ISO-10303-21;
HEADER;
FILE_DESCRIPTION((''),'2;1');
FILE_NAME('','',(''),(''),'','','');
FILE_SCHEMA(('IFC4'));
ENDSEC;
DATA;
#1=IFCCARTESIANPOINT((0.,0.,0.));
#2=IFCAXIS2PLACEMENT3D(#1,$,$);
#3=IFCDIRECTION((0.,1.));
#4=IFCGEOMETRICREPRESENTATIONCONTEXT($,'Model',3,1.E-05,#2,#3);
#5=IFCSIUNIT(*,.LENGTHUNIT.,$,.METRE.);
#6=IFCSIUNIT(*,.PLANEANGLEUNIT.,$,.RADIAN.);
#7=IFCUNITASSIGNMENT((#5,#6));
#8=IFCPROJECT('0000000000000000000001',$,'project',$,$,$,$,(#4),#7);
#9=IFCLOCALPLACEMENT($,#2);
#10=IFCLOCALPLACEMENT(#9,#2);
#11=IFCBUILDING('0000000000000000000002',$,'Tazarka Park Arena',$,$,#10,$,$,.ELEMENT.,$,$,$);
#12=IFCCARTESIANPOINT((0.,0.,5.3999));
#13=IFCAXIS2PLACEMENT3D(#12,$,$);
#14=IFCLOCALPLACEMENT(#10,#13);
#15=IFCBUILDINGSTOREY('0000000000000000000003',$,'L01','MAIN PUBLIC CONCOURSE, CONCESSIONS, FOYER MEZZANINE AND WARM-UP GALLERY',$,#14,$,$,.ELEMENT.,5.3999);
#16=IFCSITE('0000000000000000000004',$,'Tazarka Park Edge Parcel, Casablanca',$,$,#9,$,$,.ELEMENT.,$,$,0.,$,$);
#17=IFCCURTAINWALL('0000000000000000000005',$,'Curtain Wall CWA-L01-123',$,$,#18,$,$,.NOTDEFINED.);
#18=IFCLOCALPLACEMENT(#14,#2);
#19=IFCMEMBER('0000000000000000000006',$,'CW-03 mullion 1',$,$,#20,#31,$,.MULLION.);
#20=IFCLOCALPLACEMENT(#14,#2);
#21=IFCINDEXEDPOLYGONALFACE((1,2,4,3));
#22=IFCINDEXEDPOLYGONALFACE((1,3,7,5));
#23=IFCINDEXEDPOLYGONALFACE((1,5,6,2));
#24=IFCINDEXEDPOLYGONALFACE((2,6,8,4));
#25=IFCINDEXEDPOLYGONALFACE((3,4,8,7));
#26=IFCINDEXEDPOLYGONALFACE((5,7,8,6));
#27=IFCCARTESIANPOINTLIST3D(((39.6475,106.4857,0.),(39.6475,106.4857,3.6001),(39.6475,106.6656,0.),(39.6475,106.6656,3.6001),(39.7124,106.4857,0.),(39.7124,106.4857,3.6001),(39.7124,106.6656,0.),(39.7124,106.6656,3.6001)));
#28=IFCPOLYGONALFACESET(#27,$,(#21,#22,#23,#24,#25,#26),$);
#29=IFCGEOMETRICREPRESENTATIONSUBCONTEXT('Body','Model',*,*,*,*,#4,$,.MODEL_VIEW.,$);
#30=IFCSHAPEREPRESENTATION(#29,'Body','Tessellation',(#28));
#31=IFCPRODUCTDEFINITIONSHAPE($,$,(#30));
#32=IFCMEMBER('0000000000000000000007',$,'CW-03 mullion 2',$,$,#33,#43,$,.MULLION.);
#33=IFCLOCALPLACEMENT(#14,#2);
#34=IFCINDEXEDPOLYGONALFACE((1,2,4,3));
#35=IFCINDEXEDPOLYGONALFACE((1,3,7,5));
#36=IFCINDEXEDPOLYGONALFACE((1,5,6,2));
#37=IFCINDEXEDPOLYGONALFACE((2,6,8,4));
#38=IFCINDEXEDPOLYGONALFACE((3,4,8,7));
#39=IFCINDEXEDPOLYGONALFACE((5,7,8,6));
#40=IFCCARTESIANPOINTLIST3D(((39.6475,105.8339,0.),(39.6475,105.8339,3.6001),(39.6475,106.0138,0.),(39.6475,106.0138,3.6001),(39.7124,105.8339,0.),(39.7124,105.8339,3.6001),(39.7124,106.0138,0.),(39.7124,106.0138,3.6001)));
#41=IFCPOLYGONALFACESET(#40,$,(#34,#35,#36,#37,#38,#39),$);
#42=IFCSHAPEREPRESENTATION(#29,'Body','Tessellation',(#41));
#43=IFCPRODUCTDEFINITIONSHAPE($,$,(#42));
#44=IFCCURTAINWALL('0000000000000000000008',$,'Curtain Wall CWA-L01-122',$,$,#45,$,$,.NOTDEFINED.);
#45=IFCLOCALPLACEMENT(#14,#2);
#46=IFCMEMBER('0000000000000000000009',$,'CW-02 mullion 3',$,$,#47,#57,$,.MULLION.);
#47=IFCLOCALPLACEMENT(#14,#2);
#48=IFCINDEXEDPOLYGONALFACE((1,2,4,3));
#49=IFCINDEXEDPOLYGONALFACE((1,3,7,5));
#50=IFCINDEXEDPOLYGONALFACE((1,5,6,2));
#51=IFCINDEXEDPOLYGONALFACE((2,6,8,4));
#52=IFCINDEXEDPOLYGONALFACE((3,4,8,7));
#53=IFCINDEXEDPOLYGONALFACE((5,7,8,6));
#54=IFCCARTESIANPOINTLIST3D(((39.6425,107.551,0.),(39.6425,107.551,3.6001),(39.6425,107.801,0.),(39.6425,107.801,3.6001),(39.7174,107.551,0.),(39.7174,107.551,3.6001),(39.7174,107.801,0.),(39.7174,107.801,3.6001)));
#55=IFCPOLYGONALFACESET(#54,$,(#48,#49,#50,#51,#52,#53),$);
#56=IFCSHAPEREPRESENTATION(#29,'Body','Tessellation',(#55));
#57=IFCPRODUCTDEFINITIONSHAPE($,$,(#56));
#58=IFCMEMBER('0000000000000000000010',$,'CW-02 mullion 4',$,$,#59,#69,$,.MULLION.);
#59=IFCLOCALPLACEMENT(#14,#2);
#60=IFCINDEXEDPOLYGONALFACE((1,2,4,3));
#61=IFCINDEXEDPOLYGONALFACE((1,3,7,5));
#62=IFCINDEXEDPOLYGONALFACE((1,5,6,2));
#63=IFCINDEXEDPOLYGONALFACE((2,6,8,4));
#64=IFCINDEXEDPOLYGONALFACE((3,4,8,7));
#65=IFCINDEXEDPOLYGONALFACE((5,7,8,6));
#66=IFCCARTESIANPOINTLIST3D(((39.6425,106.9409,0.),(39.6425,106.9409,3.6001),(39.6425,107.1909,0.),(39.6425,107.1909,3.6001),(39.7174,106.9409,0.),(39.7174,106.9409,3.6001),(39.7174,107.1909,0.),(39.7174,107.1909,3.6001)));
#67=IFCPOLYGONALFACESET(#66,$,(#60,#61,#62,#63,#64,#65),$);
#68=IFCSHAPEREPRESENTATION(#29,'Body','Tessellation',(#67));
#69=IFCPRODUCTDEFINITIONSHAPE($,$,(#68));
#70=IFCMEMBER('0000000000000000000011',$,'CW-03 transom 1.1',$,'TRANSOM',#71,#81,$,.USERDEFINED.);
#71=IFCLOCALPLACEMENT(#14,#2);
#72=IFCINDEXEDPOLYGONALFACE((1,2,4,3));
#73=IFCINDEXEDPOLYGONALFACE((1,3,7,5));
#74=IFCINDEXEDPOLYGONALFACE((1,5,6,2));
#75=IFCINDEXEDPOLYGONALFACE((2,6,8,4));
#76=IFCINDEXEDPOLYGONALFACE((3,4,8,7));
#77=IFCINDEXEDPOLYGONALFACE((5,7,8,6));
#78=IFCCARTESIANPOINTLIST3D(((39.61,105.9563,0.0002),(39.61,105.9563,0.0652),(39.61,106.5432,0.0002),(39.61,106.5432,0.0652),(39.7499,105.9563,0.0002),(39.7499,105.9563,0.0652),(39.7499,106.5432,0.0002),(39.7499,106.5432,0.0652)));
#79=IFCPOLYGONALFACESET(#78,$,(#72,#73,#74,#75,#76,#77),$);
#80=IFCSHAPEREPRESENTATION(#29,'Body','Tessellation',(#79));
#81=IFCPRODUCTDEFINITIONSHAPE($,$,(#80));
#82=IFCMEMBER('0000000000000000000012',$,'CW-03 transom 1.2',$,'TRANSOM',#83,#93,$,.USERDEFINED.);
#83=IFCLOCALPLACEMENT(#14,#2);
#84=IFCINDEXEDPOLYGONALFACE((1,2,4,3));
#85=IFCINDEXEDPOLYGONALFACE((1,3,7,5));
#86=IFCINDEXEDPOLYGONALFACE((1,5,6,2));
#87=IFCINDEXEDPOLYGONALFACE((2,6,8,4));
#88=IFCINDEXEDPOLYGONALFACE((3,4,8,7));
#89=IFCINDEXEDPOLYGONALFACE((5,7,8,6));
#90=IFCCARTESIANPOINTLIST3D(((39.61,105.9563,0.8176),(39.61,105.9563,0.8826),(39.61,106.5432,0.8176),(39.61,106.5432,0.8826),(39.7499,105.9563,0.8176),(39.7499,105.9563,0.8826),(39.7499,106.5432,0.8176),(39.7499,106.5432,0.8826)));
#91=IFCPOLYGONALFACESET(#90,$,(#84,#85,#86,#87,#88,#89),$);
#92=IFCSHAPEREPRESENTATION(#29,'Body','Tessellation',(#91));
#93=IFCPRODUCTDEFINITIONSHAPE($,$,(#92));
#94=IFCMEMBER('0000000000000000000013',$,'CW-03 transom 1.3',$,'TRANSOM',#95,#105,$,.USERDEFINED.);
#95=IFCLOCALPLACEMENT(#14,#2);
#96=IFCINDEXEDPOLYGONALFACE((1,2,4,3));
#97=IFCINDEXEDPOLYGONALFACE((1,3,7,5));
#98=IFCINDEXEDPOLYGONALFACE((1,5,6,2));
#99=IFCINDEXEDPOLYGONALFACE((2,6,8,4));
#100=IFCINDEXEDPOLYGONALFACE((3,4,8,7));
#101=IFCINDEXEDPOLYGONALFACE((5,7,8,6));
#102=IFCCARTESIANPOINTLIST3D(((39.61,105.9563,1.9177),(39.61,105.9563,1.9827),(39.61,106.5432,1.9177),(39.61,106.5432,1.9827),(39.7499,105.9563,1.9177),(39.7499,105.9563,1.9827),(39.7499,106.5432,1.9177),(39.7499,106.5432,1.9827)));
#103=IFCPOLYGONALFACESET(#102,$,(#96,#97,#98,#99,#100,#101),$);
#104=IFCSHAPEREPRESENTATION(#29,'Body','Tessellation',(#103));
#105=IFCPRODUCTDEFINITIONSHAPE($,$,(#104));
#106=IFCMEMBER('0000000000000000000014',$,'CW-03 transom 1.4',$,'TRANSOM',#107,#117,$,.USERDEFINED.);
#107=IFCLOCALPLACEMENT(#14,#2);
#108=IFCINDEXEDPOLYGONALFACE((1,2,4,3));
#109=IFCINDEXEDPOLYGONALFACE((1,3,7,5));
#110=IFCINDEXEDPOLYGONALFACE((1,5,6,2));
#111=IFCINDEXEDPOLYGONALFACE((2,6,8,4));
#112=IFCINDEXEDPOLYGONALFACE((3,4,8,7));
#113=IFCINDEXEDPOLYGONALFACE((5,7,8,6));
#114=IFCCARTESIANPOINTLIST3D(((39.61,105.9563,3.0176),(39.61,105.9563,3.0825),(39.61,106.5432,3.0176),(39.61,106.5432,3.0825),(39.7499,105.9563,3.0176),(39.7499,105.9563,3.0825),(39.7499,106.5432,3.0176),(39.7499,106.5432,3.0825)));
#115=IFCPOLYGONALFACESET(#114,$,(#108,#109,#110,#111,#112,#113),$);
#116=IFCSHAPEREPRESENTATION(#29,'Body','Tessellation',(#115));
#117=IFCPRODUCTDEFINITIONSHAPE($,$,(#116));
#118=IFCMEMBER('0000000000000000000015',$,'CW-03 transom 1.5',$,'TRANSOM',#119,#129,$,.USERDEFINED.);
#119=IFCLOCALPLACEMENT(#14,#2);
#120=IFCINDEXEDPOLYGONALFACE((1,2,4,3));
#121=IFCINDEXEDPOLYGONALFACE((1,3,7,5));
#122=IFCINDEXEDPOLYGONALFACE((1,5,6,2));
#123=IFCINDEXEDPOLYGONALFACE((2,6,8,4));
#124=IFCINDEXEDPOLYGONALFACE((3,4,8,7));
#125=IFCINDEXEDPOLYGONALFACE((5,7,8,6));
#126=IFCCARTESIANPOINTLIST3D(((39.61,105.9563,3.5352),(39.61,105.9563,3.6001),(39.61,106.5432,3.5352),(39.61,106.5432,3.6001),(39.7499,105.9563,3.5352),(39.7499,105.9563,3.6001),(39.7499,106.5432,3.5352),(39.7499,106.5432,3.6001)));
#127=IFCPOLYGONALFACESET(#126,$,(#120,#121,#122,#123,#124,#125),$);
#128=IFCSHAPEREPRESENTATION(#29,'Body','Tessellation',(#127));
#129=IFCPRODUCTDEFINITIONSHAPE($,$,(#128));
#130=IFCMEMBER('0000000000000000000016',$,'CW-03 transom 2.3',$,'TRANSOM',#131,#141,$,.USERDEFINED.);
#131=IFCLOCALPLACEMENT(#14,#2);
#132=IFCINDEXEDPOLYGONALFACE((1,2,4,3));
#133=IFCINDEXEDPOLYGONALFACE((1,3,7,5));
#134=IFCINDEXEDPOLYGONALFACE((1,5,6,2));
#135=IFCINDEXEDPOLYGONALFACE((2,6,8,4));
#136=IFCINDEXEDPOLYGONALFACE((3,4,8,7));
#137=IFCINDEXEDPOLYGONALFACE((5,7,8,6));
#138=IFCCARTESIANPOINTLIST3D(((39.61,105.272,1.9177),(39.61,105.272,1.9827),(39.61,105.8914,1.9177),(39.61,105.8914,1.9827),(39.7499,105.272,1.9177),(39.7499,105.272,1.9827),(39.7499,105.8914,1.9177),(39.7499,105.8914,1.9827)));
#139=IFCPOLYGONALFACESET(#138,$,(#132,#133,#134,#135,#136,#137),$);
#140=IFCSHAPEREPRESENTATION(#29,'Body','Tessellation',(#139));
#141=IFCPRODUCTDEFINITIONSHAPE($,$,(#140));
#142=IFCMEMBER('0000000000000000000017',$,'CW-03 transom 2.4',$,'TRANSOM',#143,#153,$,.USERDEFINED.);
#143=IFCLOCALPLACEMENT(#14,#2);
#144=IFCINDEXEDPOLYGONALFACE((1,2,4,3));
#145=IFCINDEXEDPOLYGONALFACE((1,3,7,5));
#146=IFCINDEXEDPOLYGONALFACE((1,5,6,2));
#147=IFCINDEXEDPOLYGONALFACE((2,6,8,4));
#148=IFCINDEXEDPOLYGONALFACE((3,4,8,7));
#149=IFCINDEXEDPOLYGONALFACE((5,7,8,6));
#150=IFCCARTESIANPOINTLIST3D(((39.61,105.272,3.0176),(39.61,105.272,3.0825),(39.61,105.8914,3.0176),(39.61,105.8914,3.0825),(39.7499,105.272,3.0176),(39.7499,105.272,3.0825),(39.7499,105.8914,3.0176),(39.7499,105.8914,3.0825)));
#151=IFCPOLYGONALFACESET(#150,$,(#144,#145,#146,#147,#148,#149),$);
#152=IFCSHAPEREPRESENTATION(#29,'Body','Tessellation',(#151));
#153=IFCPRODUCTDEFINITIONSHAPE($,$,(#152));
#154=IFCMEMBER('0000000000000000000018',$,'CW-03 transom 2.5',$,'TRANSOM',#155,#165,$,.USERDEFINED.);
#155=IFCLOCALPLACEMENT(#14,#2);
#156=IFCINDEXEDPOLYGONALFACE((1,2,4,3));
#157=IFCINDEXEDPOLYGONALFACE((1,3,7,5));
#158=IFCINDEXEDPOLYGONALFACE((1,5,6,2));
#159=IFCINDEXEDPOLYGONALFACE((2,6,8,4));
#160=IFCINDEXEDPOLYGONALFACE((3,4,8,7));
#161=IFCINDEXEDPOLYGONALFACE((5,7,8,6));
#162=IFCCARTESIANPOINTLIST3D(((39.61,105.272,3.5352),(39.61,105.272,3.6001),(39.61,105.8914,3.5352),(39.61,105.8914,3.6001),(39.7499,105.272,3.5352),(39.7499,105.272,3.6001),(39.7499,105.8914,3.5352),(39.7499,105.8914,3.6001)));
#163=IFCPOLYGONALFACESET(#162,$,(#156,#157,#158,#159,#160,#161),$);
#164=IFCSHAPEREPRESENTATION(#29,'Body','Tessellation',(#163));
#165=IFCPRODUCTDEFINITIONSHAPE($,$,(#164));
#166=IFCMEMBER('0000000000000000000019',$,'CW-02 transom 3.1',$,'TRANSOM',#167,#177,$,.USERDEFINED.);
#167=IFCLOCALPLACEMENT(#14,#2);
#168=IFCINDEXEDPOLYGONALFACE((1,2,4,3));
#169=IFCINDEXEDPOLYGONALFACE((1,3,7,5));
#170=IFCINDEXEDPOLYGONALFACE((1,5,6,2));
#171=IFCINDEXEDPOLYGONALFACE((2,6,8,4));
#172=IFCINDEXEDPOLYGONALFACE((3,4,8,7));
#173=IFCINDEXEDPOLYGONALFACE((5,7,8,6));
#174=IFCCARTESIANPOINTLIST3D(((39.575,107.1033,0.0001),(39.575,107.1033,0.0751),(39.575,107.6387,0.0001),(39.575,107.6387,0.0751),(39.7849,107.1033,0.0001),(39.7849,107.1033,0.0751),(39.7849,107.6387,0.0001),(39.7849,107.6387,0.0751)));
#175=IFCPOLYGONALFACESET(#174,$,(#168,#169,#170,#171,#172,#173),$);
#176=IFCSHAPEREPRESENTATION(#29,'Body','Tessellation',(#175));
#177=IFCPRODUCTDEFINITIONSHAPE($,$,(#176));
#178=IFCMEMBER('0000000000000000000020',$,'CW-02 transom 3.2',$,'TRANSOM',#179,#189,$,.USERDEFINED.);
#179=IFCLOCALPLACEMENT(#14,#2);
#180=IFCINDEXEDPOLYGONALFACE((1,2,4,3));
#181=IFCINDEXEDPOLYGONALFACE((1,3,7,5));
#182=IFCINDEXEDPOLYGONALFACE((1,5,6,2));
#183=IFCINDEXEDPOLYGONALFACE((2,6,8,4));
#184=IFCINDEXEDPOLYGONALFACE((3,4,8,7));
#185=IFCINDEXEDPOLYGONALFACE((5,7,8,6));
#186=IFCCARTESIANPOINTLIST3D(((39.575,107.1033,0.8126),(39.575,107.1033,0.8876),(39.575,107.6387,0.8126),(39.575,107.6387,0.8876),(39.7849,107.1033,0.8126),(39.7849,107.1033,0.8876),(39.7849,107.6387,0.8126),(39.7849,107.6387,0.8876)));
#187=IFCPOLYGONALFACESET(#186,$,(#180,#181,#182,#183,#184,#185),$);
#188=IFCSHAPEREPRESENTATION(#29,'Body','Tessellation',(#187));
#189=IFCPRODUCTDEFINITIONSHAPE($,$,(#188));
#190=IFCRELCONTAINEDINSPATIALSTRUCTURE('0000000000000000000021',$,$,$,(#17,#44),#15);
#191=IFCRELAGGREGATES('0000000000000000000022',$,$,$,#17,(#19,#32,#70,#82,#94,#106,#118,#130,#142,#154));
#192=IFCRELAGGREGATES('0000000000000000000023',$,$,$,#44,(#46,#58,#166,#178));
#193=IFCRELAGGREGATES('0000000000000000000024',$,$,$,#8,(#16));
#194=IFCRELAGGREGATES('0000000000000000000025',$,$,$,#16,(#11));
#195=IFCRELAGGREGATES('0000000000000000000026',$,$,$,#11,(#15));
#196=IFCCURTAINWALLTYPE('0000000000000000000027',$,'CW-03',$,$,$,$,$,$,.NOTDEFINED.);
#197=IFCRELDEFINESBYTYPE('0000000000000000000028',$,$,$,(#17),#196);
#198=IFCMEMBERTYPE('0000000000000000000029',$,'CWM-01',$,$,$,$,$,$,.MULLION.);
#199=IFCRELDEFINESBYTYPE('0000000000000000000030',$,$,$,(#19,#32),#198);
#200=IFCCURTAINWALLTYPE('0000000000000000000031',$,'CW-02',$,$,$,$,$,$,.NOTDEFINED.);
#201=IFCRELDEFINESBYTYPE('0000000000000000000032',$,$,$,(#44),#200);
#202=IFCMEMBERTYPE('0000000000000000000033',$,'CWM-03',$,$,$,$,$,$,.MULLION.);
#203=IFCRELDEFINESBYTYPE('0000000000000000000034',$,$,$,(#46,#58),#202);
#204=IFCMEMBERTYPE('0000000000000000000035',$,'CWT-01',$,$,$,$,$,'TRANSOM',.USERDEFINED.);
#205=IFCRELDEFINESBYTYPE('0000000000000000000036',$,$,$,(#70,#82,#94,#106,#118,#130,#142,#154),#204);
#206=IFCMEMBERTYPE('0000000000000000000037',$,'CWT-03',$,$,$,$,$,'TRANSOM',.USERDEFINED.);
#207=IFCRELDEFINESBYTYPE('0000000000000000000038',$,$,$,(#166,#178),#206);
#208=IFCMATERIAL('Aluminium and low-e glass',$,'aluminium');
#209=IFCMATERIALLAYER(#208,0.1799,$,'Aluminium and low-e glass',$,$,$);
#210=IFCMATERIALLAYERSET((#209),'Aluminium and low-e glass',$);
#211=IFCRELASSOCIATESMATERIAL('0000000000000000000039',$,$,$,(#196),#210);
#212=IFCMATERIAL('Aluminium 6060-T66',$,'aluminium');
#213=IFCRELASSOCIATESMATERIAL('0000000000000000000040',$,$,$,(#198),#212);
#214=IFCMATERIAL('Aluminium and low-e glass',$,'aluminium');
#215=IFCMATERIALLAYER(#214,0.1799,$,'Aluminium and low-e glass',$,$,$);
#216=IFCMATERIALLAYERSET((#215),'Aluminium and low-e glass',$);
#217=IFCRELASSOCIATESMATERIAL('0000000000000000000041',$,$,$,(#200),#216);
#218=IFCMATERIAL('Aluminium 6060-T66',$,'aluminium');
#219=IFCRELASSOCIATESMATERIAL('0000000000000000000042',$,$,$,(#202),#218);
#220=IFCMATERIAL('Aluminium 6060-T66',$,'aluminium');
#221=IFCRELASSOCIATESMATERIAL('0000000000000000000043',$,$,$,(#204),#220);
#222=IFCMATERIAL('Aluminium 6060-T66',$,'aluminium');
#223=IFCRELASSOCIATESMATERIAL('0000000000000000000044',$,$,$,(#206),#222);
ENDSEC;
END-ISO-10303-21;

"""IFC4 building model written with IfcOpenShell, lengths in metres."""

from ifc_helpers import new_model, si_unit, direction, frame, origin, origin_2d, place, context, subcontext, project, spatial, rectangle, extrude, material, layer, layer_set, material_profile, profile_set, type_object, element, aggregate, save


model = new_model("IFC4")

# Units and contexts
model_context = context("Model", 3, precision=1e-05, world=origin(), true_north=direction((0.0, 1.0)))
body_context = subcontext(model_context, "Body", "Model", "MODEL_VIEW")
ifc_project = project(units=[si_unit("LENGTHUNIT", "METRE"), si_unit("PLANEANGLEUNIT", "RADIAN")], contexts=[model_context])

# Site, building, storey
site_placement = place(None, origin())
site = spatial("IfcSite", under=ifc_project, at=site_placement, Name="Tazarka Park Edge Parcel, Casablanca", CompositionType="ELEMENT", RefElevation=0.0)
building_placement = place(site_placement, origin())
building = spatial("IfcBuilding", under=site, at=building_placement, Name="Tazarka Park Arena", CompositionType="ELEMENT")
storey_placement = place(building_placement, frame((0.0, 0.0, 5.3999)))
storey = spatial("IfcBuildingStorey", under=building, at=storey_placement, Name="L01", Description="MAIN PUBLIC CONCOURSE, CONCESSIONS, FOYER MEZZANINE AND WARM-UP GALLERY", CompositionType="ELEMENT", Elevation=5.3999)

# Curtain walls, members
ifc_material_1 = material(Name="Aluminium and low-e glass", Category="aluminium")
ifc_layer_1 = layer(ifc_material_1, 0.1799, Name="Aluminium and low-e glass")
ifc_layer_set_1 = layer_set([ifc_layer_1], Name="Aluminium and low-e glass")
curtain_wall_type_1 = type_object("IfcCurtainWallType", Name="CW-03", PredefinedType="NOTDEFINED", material=ifc_layer_set_1)
curtain_wall_1_placement = place(storey_placement, origin())
curtain_wall_1 = element("IfcCurtainWall", 1, at=curtain_wall_1_placement, inside=storey, type_object=curtain_wall_type_1, Name="Curtain Wall CWA-L01-123", PredefinedType="NOTDEFINED")
ifc_material_2 = material(Name="Aluminium 6060-T66", Category="aluminium")
ifc_material_profile_1 = material_profile(ifc_material_2, rectangle(XDim=0.0649, YDim=0.1799, at=origin_2d()), Name="Aluminium 6060-T66")
ifc_profile_set_1 = profile_set([ifc_material_profile_1], Name="Aluminium 6060-T66")
member_type_1 = type_object("IfcMemberType", Name="CWM-01", PredefinedType="MULLION", material=ifc_profile_set_1)
member_1_placement = place(storey_placement, frame((39.6799, 106.5757, 0.0), z_axis=(0.0, 0.0, 1.0), x_axis=(1.0, 0.0, 0.0)))
member_1 = element("IfcMember", 2, at=member_1_placement, type_object=member_type_1, Name="CW-03 mullion 1", PredefinedType="MULLION", context=body_context, shape_type="SweptSolid", body=[
    extrude(rectangle(XDim=0.0649, YDim=0.1799, at=origin_2d()), origin(), (0.0, 0.0, 1.0), 3.6001),
])
member_2_placement = place(storey_placement, frame((39.6799, 105.9238, 0.0), z_axis=(0.0, 0.0, 1.0), x_axis=(1.0, 0.0, 0.0)))
member_2 = element("IfcMember", 3, at=member_2_placement, type_object=member_type_1, Name="CW-03 mullion 2", PredefinedType="MULLION", context=body_context, shape_type="SweptSolid", body=[
    extrude(rectangle(XDim=0.0649, YDim=0.1799, at=origin_2d()), origin(), (0.0, 0.0, 1.0), 3.6001),
])
ifc_material_3 = material(Name="Aluminium and low-e glass", Category="aluminium")
ifc_layer_2 = layer(ifc_material_3, 0.1799, Name="Aluminium and low-e glass")
ifc_layer_set_2 = layer_set([ifc_layer_2], Name="Aluminium and low-e glass")
curtain_wall_type_2 = type_object("IfcCurtainWallType", Name="CW-02", PredefinedType="NOTDEFINED", material=ifc_layer_set_2)
curtain_wall_2_placement = place(storey_placement, origin())
curtain_wall_2 = element("IfcCurtainWall", 4, at=curtain_wall_2_placement, inside=storey, type_object=curtain_wall_type_2, Name="Curtain Wall CWA-L01-122", PredefinedType="NOTDEFINED")
ifc_material_4 = material(Name="Aluminium 6060-T66", Category="aluminium")
ifc_material_profile_2 = material_profile(ifc_material_4, rectangle(XDim=0.075, YDim=0.25, at=origin_2d()), Name="Aluminium 6060-T66")
ifc_profile_set_2 = profile_set([ifc_material_profile_2], Name="Aluminium 6060-T66")
member_type_2 = type_object("IfcMemberType", Name="CWM-03", PredefinedType="MULLION", material=ifc_profile_set_2)
member_3_placement = place(storey_placement, frame((39.6799, 107.676, 0.0), z_axis=(0.0, 0.0, 1.0), x_axis=(1.0, 0.0, 0.0)))
member_3 = element("IfcMember", 5, at=member_3_placement, type_object=member_type_2, Name="CW-02 mullion 3", PredefinedType="MULLION", context=body_context, shape_type="SweptSolid", body=[
    extrude(rectangle(XDim=0.075, YDim=0.25, at=origin_2d()), origin(), (0.0, 0.0, 1.0), 3.6001),
])
member_4_placement = place(storey_placement, frame((39.6799, 107.0659, 0.0), z_axis=(0.0, 0.0, 1.0), x_axis=(1.0, 0.0, 0.0)))
member_4 = element("IfcMember", 6, at=member_4_placement, type_object=member_type_2, Name="CW-02 mullion 4", PredefinedType="MULLION", context=body_context, shape_type="SweptSolid", body=[
    extrude(rectangle(XDim=0.075, YDim=0.25, at=origin_2d()), origin(), (0.0, 0.0, 1.0), 3.6001),
])

# Members
ifc_material_5 = material(Name="Aluminium 6060-T66", Category="aluminium")
ifc_material_profile_3 = material_profile(ifc_material_5, rectangle(XDim=0.1399, YDim=0.0649, at=origin_2d()), Name="Aluminium 6060-T66")
ifc_profile_set_3 = profile_set([ifc_material_profile_3], Name="Aluminium 6060-T66")
member_type_3 = type_object("IfcMemberType", Name="CWT-01", ElementType="TRANSOM", PredefinedType="USERDEFINED", material=ifc_profile_set_3)
member_5_placement = place(storey_placement, frame((39.6799, 106.5432, 0.0327), z_axis=(0.0, -1.0, 0.0), x_axis=(1.0, 0.0, 0.0)))
member_5 = element("IfcMember", 7, at=member_5_placement, type_object=member_type_3, Name="CW-03 transom 1.1", ObjectType="TRANSOM", PredefinedType="USERDEFINED", context=body_context, shape_type="SweptSolid", body=[
    extrude(rectangle(XDim=0.1399, YDim=0.0649, at=origin_2d()), origin(), (0.0, 0.0, 1.0), 0.5869),
])
member_6_placement = place(storey_placement, frame((39.6799, 106.5432, 0.8501), z_axis=(0.0, -1.0, 0.0), x_axis=(1.0, 0.0, 0.0)))
member_6 = element("IfcMember", 8, at=member_6_placement, type_object=member_type_3, Name="CW-03 transom 1.2", ObjectType="TRANSOM", PredefinedType="USERDEFINED", context=body_context, shape_type="SweptSolid", body=[
    extrude(rectangle(XDim=0.1399, YDim=0.0649, at=origin_2d()), origin(), (0.0, 0.0, 1.0), 0.5869),
])
member_7_placement = place(storey_placement, frame((39.6799, 106.5432, 1.9502), z_axis=(0.0, -1.0, 0.0), x_axis=(1.0, 0.0, 0.0)))
member_7 = element("IfcMember", 9, at=member_7_placement, type_object=member_type_3, Name="CW-03 transom 1.3", ObjectType="TRANSOM", PredefinedType="USERDEFINED", context=body_context, shape_type="SweptSolid", body=[
    extrude(rectangle(XDim=0.1399, YDim=0.0649, at=origin_2d()), origin(), (0.0, 0.0, 1.0), 0.5869),
])
member_8_placement = place(storey_placement, frame((39.6799, 106.5432, 3.05), z_axis=(0.0, -1.0, 0.0), x_axis=(1.0, 0.0, 0.0)))
member_8 = element("IfcMember", 10, at=member_8_placement, type_object=member_type_3, Name="CW-03 transom 1.4", ObjectType="TRANSOM", PredefinedType="USERDEFINED", context=body_context, shape_type="SweptSolid", body=[
    extrude(rectangle(XDim=0.1399, YDim=0.0649, at=origin_2d()), origin(), (0.0, 0.0, 1.0), 0.5869),
])
member_9_placement = place(storey_placement, frame((39.6799, 106.5432, 3.5676), z_axis=(0.0, -1.0, 0.0), x_axis=(1.0, 0.0, 0.0)))
member_9 = element("IfcMember", 11, at=member_9_placement, type_object=member_type_3, Name="CW-03 transom 1.5", ObjectType="TRANSOM", PredefinedType="USERDEFINED", context=body_context, shape_type="SweptSolid", body=[
    extrude(rectangle(XDim=0.1399, YDim=0.0649, at=origin_2d()), origin(), (0.0, 0.0, 1.0), 0.5869),
])
member_10_placement = place(storey_placement, frame((39.6799, 105.8914, 1.9502), z_axis=(0.0, -1.0, 0.0), x_axis=(1.0, 0.0, 0.0)))
member_10 = element("IfcMember", 12, at=member_10_placement, type_object=member_type_3, Name="CW-03 transom 2.3", ObjectType="TRANSOM", PredefinedType="USERDEFINED", context=body_context, shape_type="SweptSolid", body=[
    extrude(rectangle(XDim=0.1399, YDim=0.0649, at=origin_2d()), origin(), (0.0, 0.0, 1.0), 0.6194),
])
member_11_placement = place(storey_placement, frame((39.6799, 105.8914, 3.05), z_axis=(0.0, -1.0, 0.0), x_axis=(1.0, 0.0, 0.0)))
member_11 = element("IfcMember", 13, at=member_11_placement, type_object=member_type_3, Name="CW-03 transom 2.4", ObjectType="TRANSOM", PredefinedType="USERDEFINED", context=body_context, shape_type="SweptSolid", body=[
    extrude(rectangle(XDim=0.1399, YDim=0.0649, at=origin_2d()), origin(), (0.0, 0.0, 1.0), 0.6194),
])
member_12_placement = place(storey_placement, frame((39.6799, 105.8914, 3.5676), z_axis=(0.0, -1.0, 0.0), x_axis=(1.0, 0.0, 0.0)))
member_12 = element("IfcMember", 14, at=member_12_placement, type_object=member_type_3, Name="CW-03 transom 2.5", ObjectType="TRANSOM", PredefinedType="USERDEFINED", context=body_context, shape_type="SweptSolid", body=[
    extrude(rectangle(XDim=0.1399, YDim=0.0649, at=origin_2d()), origin(), (0.0, 0.0, 1.0), 0.6194),
])
ifc_material_6 = material(Name="Aluminium 6060-T66", Category="aluminium")
ifc_material_profile_4 = material_profile(ifc_material_6, rectangle(XDim=0.21, YDim=0.075, at=origin_2d()), Name="Aluminium 6060-T66")
ifc_profile_set_4 = profile_set([ifc_material_profile_4], Name="Aluminium 6060-T66")
member_type_4 = type_object("IfcMemberType", Name="CWT-03", ElementType="TRANSOM", PredefinedType="USERDEFINED", material=ifc_profile_set_4)
member_13_placement = place(storey_placement, frame((39.6799, 107.6387, 0.0376), z_axis=(0.0, -1.0, 0.0), x_axis=(1.0, 0.0, 0.0)))
member_13 = element("IfcMember", 15, at=member_13_placement, type_object=member_type_4, Name="CW-02 transom 3.1", ObjectType="TRANSOM", PredefinedType="USERDEFINED", context=body_context, shape_type="SweptSolid", body=[
    extrude(rectangle(XDim=0.21, YDim=0.075, at=origin_2d()), origin(), (0.0, 0.0, 1.0), 0.5354),
])
member_14_placement = place(storey_placement, frame((39.6799, 107.6387, 0.8501), z_axis=(0.0, -1.0, 0.0), x_axis=(1.0, 0.0, 0.0)))
member_14 = element("IfcMember", 16, at=member_14_placement, type_object=member_type_4, Name="CW-02 transom 3.2", ObjectType="TRANSOM", PredefinedType="USERDEFINED", context=body_context, shape_type="SweptSolid", body=[
    extrude(rectangle(XDim=0.21, YDim=0.075, at=origin_2d()), origin(), (0.0, 0.0, 1.0), 0.5354),
])

aggregate(curtain_wall_1, [member_1, member_2, member_5, member_6, member_7, member_8, member_9, member_10, member_11, member_12])
aggregate(curtain_wall_2, [member_3, member_4, member_13, member_14])

save(model, "model.ifc")
